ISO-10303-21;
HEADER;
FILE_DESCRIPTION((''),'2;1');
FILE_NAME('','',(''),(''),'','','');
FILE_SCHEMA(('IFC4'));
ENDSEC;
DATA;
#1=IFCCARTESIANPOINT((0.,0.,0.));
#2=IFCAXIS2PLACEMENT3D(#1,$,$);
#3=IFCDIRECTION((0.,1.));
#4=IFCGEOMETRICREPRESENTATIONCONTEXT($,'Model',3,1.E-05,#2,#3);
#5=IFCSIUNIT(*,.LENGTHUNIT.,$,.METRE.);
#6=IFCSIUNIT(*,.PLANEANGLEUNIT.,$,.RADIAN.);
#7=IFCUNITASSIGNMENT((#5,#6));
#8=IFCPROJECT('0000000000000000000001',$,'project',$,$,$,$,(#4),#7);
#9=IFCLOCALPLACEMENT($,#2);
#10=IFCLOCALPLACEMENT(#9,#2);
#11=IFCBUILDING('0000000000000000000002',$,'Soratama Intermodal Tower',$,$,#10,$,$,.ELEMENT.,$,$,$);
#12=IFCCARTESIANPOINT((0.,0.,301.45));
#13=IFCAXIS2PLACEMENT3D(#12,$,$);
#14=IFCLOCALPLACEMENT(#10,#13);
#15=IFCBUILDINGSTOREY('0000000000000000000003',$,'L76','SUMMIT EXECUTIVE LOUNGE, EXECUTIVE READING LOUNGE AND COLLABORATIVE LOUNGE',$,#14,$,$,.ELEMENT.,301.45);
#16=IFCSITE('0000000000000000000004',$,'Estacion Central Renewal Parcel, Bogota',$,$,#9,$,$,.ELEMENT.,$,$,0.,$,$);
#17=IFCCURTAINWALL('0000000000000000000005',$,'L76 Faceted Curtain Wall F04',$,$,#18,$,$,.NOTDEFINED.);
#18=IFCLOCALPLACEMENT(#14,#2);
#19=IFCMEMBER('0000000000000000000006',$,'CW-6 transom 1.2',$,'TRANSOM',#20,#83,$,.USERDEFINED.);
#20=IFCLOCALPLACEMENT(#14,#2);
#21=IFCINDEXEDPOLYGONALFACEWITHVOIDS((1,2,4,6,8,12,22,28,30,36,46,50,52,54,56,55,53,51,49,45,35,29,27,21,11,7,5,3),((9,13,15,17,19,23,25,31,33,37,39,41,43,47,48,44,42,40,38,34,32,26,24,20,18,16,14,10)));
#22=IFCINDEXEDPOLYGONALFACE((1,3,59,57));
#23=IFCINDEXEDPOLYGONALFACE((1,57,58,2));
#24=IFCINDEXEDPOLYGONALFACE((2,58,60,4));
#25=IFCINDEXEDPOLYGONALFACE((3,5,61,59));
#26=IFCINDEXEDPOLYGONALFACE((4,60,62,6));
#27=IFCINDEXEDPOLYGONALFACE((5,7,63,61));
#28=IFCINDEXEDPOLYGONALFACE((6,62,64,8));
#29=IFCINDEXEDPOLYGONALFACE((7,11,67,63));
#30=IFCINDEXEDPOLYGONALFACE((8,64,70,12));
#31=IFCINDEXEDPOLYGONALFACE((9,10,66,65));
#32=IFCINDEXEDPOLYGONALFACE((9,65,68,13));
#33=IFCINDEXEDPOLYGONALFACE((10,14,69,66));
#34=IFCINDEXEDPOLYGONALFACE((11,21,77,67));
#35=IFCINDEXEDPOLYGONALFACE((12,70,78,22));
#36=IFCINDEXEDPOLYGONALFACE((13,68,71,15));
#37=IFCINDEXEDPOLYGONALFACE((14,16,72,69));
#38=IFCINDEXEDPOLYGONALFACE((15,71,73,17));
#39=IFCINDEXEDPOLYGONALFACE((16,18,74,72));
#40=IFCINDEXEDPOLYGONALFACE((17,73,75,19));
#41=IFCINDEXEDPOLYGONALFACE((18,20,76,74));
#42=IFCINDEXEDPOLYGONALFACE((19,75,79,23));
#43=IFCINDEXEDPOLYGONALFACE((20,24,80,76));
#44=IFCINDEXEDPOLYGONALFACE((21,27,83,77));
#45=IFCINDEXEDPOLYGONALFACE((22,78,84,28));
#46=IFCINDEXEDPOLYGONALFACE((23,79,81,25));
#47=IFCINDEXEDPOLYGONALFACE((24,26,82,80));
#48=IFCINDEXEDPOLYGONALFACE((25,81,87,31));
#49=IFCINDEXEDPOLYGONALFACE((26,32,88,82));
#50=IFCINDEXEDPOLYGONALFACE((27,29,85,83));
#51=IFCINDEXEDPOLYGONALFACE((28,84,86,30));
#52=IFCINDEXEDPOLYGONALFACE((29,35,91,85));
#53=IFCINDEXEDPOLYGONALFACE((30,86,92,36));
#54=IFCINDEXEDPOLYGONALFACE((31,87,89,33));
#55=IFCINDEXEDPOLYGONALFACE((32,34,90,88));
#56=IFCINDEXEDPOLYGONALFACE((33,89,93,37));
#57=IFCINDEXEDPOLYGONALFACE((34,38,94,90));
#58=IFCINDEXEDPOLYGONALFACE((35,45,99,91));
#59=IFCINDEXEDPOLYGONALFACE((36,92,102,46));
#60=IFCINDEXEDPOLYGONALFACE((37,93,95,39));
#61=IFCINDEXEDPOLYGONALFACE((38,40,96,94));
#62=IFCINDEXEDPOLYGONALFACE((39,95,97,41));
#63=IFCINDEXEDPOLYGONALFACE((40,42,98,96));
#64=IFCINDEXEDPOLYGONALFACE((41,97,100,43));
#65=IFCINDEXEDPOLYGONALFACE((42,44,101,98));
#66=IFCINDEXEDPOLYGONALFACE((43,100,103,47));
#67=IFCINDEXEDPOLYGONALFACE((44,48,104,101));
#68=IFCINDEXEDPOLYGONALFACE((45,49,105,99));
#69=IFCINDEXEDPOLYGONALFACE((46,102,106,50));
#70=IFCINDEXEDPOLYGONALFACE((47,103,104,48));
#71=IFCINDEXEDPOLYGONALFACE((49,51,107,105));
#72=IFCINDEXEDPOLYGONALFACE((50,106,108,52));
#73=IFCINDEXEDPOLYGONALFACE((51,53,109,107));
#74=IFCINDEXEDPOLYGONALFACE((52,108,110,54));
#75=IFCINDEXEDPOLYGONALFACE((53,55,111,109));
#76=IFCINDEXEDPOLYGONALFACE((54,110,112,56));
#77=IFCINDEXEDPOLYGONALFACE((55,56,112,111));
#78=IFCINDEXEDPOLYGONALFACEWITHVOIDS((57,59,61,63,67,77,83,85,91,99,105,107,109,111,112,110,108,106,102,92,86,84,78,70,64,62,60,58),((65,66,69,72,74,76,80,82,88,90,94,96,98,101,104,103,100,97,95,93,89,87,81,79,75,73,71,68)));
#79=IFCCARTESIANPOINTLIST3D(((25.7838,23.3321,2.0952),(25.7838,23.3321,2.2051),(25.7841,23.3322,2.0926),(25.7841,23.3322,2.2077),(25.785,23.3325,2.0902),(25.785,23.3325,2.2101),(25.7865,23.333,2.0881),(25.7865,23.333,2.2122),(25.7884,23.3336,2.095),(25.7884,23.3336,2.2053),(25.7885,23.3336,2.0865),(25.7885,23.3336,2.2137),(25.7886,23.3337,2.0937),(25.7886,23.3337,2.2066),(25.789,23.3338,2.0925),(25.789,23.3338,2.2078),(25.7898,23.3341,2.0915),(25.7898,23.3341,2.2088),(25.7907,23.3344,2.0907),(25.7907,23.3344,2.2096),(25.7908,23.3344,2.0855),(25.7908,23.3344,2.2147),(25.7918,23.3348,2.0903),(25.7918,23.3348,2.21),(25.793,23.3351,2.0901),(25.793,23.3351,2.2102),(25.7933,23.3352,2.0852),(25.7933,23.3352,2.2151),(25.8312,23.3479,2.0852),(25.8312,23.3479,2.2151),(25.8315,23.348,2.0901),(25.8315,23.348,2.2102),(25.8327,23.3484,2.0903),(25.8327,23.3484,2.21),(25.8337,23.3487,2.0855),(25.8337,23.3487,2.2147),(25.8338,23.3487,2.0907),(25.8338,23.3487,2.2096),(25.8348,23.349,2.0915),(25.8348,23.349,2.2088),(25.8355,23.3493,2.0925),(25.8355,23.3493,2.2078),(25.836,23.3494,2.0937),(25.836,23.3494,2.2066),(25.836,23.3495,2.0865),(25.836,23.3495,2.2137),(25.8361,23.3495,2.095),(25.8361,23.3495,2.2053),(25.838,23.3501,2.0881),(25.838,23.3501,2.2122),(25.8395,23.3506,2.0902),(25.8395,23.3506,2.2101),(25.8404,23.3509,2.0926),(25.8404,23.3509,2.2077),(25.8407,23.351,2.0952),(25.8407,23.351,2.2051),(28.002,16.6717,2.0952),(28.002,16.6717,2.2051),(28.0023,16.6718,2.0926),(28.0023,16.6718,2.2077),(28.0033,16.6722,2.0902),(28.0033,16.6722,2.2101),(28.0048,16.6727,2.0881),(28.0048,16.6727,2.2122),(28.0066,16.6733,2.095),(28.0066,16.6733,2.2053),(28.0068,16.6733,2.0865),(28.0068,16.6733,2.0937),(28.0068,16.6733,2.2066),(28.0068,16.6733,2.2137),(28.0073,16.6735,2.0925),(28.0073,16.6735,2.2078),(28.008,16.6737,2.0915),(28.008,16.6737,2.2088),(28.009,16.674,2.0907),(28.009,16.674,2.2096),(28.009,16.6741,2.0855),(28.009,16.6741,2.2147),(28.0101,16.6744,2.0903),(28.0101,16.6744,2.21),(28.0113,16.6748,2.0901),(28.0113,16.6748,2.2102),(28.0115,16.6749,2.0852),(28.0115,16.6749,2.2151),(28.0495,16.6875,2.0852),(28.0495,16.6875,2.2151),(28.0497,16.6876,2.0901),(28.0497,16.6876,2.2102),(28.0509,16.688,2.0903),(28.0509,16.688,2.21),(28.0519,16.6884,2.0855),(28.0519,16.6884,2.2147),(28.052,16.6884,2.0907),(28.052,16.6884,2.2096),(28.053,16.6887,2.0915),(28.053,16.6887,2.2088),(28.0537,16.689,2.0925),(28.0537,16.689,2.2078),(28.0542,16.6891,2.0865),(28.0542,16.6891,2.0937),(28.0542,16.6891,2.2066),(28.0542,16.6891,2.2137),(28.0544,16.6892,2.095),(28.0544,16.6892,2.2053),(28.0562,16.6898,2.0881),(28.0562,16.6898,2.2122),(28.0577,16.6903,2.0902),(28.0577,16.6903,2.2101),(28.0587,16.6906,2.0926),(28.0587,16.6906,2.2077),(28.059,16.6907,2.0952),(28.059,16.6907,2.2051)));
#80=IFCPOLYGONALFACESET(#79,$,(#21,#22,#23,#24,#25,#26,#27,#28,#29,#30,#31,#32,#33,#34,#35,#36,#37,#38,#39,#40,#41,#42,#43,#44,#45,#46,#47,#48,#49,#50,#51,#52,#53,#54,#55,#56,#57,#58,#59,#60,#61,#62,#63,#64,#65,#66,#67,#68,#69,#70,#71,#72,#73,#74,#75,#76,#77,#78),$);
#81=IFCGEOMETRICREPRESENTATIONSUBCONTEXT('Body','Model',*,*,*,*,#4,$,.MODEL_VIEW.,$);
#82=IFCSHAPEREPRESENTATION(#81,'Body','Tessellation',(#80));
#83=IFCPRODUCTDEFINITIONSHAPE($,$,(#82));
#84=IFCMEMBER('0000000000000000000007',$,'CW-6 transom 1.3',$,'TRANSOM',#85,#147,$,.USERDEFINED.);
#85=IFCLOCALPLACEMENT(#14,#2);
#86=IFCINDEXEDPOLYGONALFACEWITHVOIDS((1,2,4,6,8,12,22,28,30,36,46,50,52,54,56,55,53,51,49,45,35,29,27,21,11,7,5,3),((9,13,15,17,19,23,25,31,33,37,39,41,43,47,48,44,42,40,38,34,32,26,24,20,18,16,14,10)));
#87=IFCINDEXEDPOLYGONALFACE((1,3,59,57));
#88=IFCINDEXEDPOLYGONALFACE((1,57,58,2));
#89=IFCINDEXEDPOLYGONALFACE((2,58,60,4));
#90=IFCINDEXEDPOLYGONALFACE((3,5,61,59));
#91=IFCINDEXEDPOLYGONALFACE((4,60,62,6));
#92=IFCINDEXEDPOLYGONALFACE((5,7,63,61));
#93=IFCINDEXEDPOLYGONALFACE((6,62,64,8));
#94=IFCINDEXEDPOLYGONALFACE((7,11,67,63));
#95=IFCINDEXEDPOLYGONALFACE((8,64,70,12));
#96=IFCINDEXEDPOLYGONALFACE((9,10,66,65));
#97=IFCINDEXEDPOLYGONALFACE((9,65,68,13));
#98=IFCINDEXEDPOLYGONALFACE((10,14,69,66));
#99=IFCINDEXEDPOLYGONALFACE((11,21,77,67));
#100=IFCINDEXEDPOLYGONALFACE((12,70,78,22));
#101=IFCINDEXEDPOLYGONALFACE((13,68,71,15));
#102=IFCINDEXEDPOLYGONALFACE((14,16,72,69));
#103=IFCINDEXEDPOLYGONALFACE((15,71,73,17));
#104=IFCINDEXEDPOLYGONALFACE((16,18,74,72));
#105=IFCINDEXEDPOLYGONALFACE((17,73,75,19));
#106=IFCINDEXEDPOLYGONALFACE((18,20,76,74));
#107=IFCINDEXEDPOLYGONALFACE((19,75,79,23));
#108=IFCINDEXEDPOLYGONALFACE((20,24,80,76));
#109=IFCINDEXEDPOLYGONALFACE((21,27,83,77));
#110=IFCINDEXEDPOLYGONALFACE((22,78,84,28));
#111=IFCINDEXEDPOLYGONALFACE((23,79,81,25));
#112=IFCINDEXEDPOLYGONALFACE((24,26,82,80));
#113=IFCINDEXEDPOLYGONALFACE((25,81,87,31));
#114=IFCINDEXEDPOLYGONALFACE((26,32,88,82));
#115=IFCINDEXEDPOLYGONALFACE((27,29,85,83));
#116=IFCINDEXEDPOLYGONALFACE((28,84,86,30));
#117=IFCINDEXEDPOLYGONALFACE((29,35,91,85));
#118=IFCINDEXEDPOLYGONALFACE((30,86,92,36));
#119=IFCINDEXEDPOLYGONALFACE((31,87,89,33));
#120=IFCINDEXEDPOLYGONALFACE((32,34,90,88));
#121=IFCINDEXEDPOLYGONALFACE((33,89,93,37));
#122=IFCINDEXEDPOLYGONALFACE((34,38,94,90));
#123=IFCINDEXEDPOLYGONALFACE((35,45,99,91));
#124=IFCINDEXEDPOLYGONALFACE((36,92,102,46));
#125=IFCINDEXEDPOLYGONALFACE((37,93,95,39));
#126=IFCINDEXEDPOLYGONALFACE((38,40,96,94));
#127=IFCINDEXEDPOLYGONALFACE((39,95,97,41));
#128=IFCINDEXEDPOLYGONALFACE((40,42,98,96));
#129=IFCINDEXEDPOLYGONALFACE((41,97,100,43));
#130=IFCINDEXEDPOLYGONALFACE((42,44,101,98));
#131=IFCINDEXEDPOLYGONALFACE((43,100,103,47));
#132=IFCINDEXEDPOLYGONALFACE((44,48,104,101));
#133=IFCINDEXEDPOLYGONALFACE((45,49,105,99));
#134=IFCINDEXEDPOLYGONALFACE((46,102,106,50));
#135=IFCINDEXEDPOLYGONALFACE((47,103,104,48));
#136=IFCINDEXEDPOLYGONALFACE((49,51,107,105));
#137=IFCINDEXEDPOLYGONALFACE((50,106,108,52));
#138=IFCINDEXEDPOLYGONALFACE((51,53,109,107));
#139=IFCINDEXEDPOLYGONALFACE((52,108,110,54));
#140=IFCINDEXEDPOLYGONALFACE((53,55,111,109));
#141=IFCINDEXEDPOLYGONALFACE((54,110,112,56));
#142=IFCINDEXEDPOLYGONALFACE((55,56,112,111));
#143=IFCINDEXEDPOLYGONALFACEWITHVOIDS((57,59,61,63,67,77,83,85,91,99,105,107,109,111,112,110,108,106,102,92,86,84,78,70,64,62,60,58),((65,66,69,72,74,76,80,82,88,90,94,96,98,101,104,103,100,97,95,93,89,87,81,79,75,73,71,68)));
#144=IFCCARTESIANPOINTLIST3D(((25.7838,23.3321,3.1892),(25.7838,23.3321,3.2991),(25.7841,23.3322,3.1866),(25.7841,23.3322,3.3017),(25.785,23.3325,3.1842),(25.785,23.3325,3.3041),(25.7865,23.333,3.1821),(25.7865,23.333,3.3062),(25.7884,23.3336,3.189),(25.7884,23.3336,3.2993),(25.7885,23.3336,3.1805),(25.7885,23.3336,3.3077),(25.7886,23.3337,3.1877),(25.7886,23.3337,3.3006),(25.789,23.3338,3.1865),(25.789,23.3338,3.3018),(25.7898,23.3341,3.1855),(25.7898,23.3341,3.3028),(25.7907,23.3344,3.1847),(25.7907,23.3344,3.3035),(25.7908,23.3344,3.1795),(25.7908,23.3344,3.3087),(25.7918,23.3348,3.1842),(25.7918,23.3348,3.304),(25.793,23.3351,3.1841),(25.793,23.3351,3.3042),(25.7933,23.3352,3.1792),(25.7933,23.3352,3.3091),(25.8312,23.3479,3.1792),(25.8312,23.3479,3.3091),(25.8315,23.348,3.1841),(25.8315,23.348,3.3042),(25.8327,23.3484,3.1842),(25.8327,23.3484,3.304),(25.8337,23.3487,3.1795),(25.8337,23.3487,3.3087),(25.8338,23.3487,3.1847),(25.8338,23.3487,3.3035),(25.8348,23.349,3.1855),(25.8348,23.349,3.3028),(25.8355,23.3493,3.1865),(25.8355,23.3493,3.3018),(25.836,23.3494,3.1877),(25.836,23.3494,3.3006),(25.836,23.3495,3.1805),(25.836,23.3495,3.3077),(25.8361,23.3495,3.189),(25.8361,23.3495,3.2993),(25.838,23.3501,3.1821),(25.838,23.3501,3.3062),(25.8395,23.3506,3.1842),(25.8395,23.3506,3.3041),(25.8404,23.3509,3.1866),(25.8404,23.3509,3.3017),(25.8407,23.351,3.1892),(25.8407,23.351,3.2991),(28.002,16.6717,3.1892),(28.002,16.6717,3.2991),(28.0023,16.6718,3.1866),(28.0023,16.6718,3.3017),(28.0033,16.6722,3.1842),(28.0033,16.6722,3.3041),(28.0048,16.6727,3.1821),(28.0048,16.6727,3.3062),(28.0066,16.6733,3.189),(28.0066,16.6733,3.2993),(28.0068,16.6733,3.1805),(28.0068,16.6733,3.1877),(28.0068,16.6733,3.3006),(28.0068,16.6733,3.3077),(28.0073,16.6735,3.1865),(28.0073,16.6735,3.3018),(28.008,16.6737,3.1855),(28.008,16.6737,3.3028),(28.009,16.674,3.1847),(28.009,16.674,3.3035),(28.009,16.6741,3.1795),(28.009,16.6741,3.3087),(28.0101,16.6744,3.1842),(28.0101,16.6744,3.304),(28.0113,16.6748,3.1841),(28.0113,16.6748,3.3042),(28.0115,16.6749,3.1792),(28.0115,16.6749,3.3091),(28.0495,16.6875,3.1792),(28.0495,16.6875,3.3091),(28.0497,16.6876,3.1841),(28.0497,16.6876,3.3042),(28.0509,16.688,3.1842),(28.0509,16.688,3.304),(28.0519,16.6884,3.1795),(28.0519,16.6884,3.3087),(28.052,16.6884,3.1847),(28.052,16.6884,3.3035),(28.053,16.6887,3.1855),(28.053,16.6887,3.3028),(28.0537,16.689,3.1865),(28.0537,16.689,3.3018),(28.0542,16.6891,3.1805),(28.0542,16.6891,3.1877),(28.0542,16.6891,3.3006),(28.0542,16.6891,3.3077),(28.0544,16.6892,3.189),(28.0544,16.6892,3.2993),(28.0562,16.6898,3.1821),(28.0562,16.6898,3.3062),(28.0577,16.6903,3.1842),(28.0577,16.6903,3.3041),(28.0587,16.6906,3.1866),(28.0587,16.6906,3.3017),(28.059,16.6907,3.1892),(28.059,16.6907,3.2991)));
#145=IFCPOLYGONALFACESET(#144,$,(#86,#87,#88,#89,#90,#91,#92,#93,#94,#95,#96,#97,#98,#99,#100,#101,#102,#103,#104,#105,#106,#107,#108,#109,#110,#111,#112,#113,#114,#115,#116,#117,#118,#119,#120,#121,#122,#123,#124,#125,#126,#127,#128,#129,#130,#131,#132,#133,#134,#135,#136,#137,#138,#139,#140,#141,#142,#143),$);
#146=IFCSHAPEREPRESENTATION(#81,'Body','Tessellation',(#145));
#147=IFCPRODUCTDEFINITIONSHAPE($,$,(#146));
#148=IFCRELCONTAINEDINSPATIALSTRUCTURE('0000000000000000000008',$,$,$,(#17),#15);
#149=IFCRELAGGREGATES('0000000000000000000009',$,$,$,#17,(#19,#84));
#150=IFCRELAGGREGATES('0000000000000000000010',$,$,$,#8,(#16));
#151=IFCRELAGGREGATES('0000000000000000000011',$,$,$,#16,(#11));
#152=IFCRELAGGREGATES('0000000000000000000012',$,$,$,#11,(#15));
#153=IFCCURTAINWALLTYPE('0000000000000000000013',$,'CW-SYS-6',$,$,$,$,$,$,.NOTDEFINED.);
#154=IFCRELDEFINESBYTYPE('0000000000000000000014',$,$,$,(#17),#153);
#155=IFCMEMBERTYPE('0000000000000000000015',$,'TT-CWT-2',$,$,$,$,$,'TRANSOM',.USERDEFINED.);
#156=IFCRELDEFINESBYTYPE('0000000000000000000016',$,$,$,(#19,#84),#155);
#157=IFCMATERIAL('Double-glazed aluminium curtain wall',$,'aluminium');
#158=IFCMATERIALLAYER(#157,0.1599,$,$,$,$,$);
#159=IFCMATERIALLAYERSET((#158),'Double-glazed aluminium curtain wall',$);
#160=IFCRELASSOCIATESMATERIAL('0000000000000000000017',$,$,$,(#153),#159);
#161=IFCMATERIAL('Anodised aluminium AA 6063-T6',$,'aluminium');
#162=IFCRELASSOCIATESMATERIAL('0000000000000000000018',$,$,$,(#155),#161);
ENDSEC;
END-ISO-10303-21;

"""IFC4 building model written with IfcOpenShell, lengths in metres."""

from ifc_helpers import new_model, si_unit, direction, frame, origin, origin_2d, place, context, subcontext, project, spatial, hollow_rectangle, extrude, material, layer, layer_set, material_profile, profile_set, type_object, element, aggregate, save


model = new_model("IFC4")

# Units and contexts
model_context = context("Model", 3, precision=1e-05, world=origin(), true_north=direction((0.0, 1.0)))
body_context = subcontext(model_context, "Body", "Model", "MODEL_VIEW")
ifc_project = project(units=[si_unit("LENGTHUNIT", "METRE"), si_unit("PLANEANGLEUNIT", "RADIAN")], contexts=[model_context])

# Site, building, storey
site_placement = place(None, origin())
site = spatial("IfcSite", under=ifc_project, at=site_placement, Name="Estacion Central Renewal Parcel, Bogota", CompositionType="ELEMENT", RefElevation=0.0)
building_placement = place(site_placement, origin())
building = spatial("IfcBuilding", under=site, at=building_placement, Name="Soratama Intermodal Tower", CompositionType="ELEMENT")
storey_placement = place(building_placement, frame((0.0, 0.0, 301.45)))
storey = spatial("IfcBuildingStorey", under=building, at=storey_placement, Name="L76", Description="SUMMIT EXECUTIVE LOUNGE, EXECUTIVE READING LOUNGE AND COLLABORATIVE LOUNGE", CompositionType="ELEMENT", Elevation=301.45)

# Curtain wall
ifc_material_1 = material(Name="Double-glazed aluminium curtain wall", Category="aluminium")
ifc_layer_1 = layer(ifc_material_1, 0.1599)
ifc_layer_set_1 = layer_set([ifc_layer_1], Name="Double-glazed aluminium curtain wall")
curtain_wall_type = type_object("IfcCurtainWallType", Name="CW-SYS-6", PredefinedType="NOTDEFINED", material=ifc_layer_set_1)
curtain_wall_1_placement = place(storey_placement, origin())
curtain_wall_1 = element("IfcCurtainWall", 1, at=curtain_wall_1_placement, inside=storey, type_object=curtain_wall_type, Name="L76 Faceted Curtain Wall F04", PredefinedType="NOTDEFINED")

# Members
ifc_material_2 = material(Name="Anodised aluminium AA 6063-T6", Category="aluminium")
ifc_material_profile_1 = material_profile(ifc_material_2, hollow_rectangle(XDim=0.0601, YDim=0.1299, WallThickness=0.0049, InnerFilletRadius=0.0049, OuterFilletRadius=0.01, at=origin_2d()), Name="CWT130X60X5")
ifc_profile_set_1 = profile_set([ifc_material_profile_1], Name="Anodised aluminium AA 6063-T6")
member_type_1 = type_object("IfcMemberType", Name="TT-CWT-2", ElementType="TRANSOM", PredefinedType="USERDEFINED", material=ifc_profile_set_1)
member_1_placement = place(storey_placement, frame((25.8123, 23.3416, 2.1501), z_axis=(0.315988, -0.948763, 0.0), x_axis=(0.948763, 0.315988, 0.0)))
member_1 = element("IfcMember", 2, at=member_1_placement, type_object=member_type_1, Name="CW-6 transom 1.2", ObjectType="TRANSOM", PredefinedType="USERDEFINED", context=body_context, shape_type="SweptSolid", body=[
    extrude(hollow_rectangle(XDim=0.0601, YDim=0.1299, WallThickness=0.0049, InnerFilletRadius=0.0049, OuterFilletRadius=0.01, at=origin_2d()), origin(), (0.0, 0.0, 1.0), 7.02),
])
member_2_placement = place(storey_placement, frame((25.8123, 23.3416, 3.2441), z_axis=(0.315988, -0.948763, 0.0), x_axis=(0.948763, 0.315988, 0.0)))
member_2 = element("IfcMember", 3, at=member_2_placement, type_object=member_type_1, Name="CW-6 transom 1.3", ObjectType="TRANSOM", PredefinedType="USERDEFINED", context=body_context, shape_type="SweptSolid", body=[
    extrude(hollow_rectangle(XDim=0.0601, YDim=0.1299, WallThickness=0.0049, InnerFilletRadius=0.0049, OuterFilletRadius=0.01, at=origin_2d()), origin(), (0.0, 0.0, 1.0), 7.02),
])

aggregate(curtain_wall_1, [member_1, member_2])

save(model, "model.ifc")
